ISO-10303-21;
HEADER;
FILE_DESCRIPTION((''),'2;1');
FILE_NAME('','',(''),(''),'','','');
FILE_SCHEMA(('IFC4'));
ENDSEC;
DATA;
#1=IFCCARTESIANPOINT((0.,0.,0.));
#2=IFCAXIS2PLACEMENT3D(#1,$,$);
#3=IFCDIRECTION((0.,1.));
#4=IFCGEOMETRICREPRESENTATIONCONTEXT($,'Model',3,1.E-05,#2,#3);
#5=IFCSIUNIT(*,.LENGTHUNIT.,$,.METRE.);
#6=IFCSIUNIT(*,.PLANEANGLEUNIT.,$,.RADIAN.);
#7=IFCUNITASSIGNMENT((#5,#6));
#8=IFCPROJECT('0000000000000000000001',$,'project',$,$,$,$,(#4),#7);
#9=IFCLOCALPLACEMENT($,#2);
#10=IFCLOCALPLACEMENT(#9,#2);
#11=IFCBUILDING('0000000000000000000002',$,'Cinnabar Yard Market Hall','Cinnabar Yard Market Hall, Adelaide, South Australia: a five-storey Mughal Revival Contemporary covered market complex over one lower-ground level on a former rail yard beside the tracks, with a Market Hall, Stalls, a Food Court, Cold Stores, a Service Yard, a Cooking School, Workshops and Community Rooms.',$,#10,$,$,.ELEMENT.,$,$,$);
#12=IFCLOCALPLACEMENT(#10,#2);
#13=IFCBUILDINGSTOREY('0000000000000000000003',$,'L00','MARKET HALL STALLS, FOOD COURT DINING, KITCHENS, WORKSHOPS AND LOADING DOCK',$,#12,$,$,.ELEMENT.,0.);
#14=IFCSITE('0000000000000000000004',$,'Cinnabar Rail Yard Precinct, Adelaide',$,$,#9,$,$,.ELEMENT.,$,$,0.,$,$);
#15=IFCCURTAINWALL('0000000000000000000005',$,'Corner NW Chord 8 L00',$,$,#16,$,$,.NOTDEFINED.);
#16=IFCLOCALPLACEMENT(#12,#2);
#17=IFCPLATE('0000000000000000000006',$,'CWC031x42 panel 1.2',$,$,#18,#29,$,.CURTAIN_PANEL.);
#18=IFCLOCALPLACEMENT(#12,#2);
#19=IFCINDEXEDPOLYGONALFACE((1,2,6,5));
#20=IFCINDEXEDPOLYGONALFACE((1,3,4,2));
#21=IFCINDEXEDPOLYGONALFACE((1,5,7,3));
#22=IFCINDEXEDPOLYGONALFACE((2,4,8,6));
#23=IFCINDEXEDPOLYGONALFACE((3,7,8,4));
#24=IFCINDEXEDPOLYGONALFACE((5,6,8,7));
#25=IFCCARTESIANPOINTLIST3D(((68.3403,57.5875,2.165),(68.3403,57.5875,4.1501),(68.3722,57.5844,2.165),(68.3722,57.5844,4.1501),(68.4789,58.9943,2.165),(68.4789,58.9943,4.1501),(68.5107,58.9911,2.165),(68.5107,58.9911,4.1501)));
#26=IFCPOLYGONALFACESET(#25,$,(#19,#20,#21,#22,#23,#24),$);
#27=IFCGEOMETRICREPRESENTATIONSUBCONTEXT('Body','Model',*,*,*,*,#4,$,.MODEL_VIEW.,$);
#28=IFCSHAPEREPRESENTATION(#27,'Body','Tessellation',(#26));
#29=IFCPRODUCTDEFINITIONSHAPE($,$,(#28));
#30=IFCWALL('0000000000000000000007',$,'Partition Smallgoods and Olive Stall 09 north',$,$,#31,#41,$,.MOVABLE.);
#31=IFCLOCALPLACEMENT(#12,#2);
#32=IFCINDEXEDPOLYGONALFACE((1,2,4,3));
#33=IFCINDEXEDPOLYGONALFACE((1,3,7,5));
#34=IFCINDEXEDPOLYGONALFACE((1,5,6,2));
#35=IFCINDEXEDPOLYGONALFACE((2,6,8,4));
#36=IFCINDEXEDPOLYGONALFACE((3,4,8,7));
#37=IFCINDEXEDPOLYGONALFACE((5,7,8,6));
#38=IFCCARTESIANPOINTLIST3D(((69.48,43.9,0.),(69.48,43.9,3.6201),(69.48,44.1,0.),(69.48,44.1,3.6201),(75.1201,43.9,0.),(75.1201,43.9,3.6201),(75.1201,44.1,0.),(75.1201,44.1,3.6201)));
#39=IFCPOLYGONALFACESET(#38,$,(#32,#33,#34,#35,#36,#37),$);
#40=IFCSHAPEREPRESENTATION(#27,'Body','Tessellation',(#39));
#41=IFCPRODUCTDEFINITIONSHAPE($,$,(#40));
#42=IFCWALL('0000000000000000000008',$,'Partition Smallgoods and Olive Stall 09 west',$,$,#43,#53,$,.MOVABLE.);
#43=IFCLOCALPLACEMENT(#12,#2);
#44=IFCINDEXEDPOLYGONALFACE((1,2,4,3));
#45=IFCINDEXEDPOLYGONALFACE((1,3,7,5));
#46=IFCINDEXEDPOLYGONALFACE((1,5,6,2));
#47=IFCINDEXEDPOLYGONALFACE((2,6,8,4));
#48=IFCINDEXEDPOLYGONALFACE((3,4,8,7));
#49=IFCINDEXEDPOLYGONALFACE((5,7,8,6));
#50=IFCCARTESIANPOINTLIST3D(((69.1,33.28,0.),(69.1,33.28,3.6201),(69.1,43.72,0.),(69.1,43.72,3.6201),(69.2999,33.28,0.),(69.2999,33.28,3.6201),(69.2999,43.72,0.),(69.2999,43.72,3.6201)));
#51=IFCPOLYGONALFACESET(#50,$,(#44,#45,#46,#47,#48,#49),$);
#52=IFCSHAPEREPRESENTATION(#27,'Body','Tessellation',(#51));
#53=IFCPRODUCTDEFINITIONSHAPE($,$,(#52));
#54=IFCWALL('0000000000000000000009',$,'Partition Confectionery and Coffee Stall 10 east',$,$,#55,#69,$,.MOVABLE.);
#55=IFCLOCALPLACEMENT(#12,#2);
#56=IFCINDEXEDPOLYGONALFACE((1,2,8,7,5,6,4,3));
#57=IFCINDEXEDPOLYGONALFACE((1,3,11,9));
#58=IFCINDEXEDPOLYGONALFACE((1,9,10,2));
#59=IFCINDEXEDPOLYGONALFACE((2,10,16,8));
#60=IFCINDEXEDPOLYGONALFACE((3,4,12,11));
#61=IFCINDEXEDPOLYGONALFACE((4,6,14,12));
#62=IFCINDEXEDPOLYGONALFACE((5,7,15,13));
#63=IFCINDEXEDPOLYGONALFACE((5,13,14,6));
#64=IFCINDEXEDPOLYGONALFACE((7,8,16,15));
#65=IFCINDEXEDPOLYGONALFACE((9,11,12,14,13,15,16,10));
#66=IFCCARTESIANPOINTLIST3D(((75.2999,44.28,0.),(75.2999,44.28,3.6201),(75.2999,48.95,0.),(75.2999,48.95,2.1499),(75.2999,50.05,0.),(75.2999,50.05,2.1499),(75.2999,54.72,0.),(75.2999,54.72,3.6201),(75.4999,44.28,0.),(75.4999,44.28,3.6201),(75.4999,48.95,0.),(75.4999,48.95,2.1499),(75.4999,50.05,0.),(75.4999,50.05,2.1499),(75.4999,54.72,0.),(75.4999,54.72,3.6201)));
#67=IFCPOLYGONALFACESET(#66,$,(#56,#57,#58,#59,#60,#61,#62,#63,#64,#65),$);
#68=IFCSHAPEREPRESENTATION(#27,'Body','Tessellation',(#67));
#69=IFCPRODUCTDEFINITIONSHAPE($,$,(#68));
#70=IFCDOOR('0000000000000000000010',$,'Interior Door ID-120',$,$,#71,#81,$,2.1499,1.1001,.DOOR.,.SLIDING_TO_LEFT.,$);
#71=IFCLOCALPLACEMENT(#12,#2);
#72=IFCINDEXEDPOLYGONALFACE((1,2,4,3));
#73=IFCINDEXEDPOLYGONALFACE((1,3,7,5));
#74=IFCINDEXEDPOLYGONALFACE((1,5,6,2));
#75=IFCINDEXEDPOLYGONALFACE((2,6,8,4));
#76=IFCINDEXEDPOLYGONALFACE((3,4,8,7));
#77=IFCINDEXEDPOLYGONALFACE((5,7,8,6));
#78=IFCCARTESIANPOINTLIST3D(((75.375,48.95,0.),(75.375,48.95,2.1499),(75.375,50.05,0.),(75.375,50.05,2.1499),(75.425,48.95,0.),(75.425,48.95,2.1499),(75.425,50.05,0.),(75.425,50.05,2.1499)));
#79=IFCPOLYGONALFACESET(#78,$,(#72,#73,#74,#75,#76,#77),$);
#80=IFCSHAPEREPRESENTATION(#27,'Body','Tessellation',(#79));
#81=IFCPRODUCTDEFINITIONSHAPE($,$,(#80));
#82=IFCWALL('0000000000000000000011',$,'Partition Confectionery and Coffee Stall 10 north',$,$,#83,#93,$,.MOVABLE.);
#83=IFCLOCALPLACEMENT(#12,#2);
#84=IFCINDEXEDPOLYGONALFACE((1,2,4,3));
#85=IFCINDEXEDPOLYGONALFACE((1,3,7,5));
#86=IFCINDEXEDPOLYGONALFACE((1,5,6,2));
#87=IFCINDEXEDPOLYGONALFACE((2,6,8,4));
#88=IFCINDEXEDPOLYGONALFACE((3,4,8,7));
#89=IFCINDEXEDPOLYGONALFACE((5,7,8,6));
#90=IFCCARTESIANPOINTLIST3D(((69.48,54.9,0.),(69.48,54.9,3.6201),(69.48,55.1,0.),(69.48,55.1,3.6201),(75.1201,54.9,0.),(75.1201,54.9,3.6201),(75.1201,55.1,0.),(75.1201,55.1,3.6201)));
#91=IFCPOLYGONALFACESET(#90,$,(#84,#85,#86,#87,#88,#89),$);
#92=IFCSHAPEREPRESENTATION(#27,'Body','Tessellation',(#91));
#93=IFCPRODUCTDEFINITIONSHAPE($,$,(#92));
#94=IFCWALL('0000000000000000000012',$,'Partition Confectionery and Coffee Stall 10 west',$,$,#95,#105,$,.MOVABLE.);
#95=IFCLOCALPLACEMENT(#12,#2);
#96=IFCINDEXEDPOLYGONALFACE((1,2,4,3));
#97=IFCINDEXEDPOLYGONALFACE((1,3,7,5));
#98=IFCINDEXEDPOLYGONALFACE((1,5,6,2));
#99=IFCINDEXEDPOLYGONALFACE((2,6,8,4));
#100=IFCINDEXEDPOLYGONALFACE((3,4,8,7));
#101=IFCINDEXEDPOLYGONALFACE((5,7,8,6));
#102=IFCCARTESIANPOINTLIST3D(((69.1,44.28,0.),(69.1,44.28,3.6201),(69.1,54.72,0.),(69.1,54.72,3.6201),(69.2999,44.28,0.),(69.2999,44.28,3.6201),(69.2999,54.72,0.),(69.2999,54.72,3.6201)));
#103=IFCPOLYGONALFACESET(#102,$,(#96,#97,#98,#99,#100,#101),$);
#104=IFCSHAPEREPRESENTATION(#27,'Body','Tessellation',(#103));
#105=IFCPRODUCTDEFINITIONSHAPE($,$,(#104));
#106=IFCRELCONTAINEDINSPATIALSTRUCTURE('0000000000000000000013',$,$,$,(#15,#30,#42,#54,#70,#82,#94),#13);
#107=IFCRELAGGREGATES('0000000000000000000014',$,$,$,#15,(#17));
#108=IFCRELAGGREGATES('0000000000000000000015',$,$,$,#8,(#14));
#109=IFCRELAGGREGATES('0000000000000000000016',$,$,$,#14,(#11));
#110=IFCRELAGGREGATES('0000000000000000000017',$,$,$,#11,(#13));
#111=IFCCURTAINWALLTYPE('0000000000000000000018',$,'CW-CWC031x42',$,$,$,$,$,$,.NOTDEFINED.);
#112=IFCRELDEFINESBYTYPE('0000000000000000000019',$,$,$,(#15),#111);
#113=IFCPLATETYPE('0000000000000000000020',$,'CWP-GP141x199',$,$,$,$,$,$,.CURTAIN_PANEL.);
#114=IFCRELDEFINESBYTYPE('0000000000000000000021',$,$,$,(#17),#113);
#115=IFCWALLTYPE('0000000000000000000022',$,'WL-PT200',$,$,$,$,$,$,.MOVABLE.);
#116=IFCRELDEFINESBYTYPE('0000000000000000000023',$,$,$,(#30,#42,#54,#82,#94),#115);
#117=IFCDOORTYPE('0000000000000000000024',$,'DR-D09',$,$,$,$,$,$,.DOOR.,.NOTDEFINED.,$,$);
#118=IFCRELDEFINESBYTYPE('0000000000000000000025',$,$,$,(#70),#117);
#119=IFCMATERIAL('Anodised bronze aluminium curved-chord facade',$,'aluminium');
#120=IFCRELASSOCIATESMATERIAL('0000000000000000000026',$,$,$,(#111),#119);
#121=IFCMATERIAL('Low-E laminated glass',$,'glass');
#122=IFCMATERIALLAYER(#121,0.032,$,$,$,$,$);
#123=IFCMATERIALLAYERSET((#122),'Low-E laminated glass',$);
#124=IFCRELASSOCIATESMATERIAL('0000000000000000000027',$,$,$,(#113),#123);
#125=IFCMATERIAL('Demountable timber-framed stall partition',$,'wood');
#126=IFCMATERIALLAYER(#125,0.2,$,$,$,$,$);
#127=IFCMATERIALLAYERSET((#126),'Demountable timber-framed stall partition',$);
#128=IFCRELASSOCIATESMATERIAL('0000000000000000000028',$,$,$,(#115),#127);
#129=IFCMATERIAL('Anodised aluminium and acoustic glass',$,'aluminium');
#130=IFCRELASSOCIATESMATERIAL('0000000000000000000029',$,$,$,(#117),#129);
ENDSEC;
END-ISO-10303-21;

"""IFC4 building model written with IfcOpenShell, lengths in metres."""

from ifc_helpers import new_model, si_unit, direction, frame, frame_2d, origin, origin_2d_with_axis, place, context, subcontext, project, spatial, rectangle, extrude, material, layer, layer_set, type_object, element, fill, aggregate, save


model = new_model("IFC4")

# Units and contexts
model_context = context("Model", 3, precision=1e-05, world=origin(), true_north=direction((0.0, 1.0)))
body_context = subcontext(model_context, "Body", "Model", "MODEL_VIEW")
ifc_project = project(units=[si_unit("LENGTHUNIT", "METRE"), si_unit("PLANEANGLEUNIT", "RADIAN")], contexts=[model_context])

# Site, building, storey
site_placement = place(None, origin())
site = spatial("IfcSite", under=ifc_project, at=site_placement, Name="Cinnabar Rail Yard Precinct, Adelaide", CompositionType="ELEMENT", RefElevation=0.0)
building_placement = place(site_placement, origin())
building = spatial("IfcBuilding", under=site, at=building_placement, Name="Cinnabar Yard Market Hall", Description="Cinnabar Yard Market Hall, Adelaide, South Australia: a five-storey Mughal Revival Contemporary covered market complex over one lower-ground level on a former rail yard beside the tracks, with a Market Hall, Stalls, a Food Court, Cold Stores, a Service Yard, a Cooking School, Workshops and Community Rooms.", CompositionType="ELEMENT")
storey_placement = place(building_placement, origin())
storey = spatial("IfcBuildingStorey", under=building, at=storey_placement, Name="L00", Description="MARKET HALL STALLS, FOOD COURT DINING, KITCHENS, WORKSHOPS AND LOADING DOCK", CompositionType="ELEMENT", Elevation=0.0)

# Shared definitions
ifc_material_1 = material(Name="Anodised bronze aluminium curved-chord facade", Category="aluminium")
curtain_wall_type = type_object("IfcCurtainWallType", Name="CW-CWC031x42", PredefinedType="NOTDEFINED", material=ifc_material_1)

# Curtain wall
curtain_wall_1_placement = place(storey_placement, origin())
curtain_wall_1 = element("IfcCurtainWall", 1, at=curtain_wall_1_placement, inside=storey, type_object=curtain_wall_type, Name="Corner NW Chord 8 L00", PredefinedType="NOTDEFINED")

# Plate
ifc_material_2 = material(Name="Low-E laminated glass", Category="glass")
ifc_layer_1 = layer(ifc_material_2, 0.032)
ifc_layer_set_1 = layer_set([ifc_layer_1], Name="Low-E laminated glass")
plate_type = type_object("IfcPlateType", Name="CWP-GP141x199", PredefinedType="CURTAIN_PANEL", material=ifc_layer_set_1)
plate_1_placement = place(storey_placement, frame((68.4255, 58.2893, 2.165), z_axis=(0.0, 0.0, 1.0), x_axis=(-0.09802, -0.995184, 0.0)))
plate_1 = element("IfcPlate", 2, at=plate_1_placement, type_object=plate_type, Name="CWC031x42 panel 1.2", PredefinedType="CURTAIN_PANEL", context=body_context, shape_type="SweptSolid", body=[
    extrude(rectangle(XDim=1.4136, YDim=0.032, at=origin_2d_with_axis()), origin(), (0.0, 0.0, 1.0), 1.9851),
])
aggregate(curtain_wall_1, [plate_1])

# Walls
ifc_material_3 = material(Name="Demountable timber-framed stall partition", Category="wood")
ifc_layer_2 = layer(ifc_material_3, 0.2)
ifc_layer_set_2 = layer_set([ifc_layer_2], Name="Demountable timber-framed stall partition")
wall_type = type_object("IfcWallType", Name="WL-PT200", PredefinedType="MOVABLE", material=ifc_layer_set_2)
wall_1_placement = place(storey_placement, frame((75.1201, 44.0, 0.0), z_axis=(0.0, 0.0, 1.0), x_axis=(-1.0, 0.0, 0.0)))
element("IfcWall", 3, at=wall_1_placement, inside=storey, type_object=wall_type, Name="Partition Smallgoods and Olive Stall 09 north", PredefinedType="MOVABLE", context=body_context, shape_type="SweptSolid", body=[
    extrude(rectangle(XDim=5.6401, YDim=0.2, at=frame_2d((2.8201, 0.0), x_axis=(1.0, 0.0))), origin(), (0.0, 0.0, 1.0), 3.6201),
])
wall_2_placement = place(storey_placement, frame((69.2, 43.72, 0.0), z_axis=(0.0, 0.0, 1.0), x_axis=(0.0, -1.0, 0.0)))
element("IfcWall", 4, at=wall_2_placement, inside=storey, type_object=wall_type, Name="Partition Smallgoods and Olive Stall 09 west", PredefinedType="MOVABLE", context=body_context, shape_type="SweptSolid", body=[
    extrude(rectangle(XDim=10.4399, YDim=0.2, at=frame_2d((5.22, 0.0), x_axis=(1.0, 0.0))), origin(), (0.0, 0.0, 1.0), 3.6201),
])

# Wall, opening, door
wall_3_placement = place(storey_placement, frame((75.3999, 44.28, 0.0), z_axis=(0.0, 0.0, 1.0), x_axis=(0.0, 1.0, 0.0)))
wall_3 = element("IfcWall", 5, at=wall_3_placement, inside=storey, type_object=wall_type, Name="Partition Confectionery and Coffee Stall 10 east", PredefinedType="MOVABLE", context=body_context, shape_type="SweptSolid", body=[
    extrude(rectangle(XDim=10.4399, YDim=0.2, at=frame_2d((5.22, 0.0), x_axis=(1.0, 0.0))), origin(), (0.0, 0.0, 1.0), 3.6201),
])
opening_placement = place(wall_3_placement, frame((4.6699, 0.0, 0.0)))
opening = element("IfcOpeningElement", 6, at=opening_placement, cuts=wall_3, PredefinedType="OPENING", context=body_context, shape_type="SweptSolid", body=[
    extrude(rectangle(XDim=1.1001, YDim=2.1499, at=frame_2d((0.55, 1.075), x_axis=(1.0, 0.0))), frame((0.0, 0.1099, 0.0), z_axis=(0.0, -1.0, 0.0), x_axis=(1.0, 0.0, 0.0)), (0.0, 0.0, 1.0), 0.22),
])
ifc_material_4 = material(Name="Anodised aluminium and acoustic glass", Category="aluminium")
door_type = type_object("IfcDoorType", Name="DR-D09", OperationType="NOTDEFINED", PredefinedType="DOOR", material=ifc_material_4)
door_placement = place(opening_placement, origin())
door = element("IfcDoor", 7, at=door_placement, inside=storey, type_object=door_type, Name="Interior Door ID-120", OperationType="SLIDING_TO_LEFT", OverallHeight=2.1499, OverallWidth=1.1001, PredefinedType="DOOR", context=body_context, shape_type="SweptSolid", body=[
    extrude(rectangle(XDim=1.1001, YDim=2.1499, at=frame_2d((0.55, 1.075), x_axis=(1.0, 0.0))), frame((0.0, 0.0249, 0.0), z_axis=(0.0, -1.0, 0.0), x_axis=(1.0, 0.0, 0.0)), (0.0, 0.0, 1.0), 0.05),
])
fill(opening, door)

# Walls
wall_4_placement = place(storey_placement, frame((75.1201, 55.0, 0.0), z_axis=(0.0, 0.0, 1.0), x_axis=(-1.0, 0.0, 0.0)))
element("IfcWall", 8, at=wall_4_placement, inside=storey, type_object=wall_type, Name="Partition Confectionery and Coffee Stall 10 north", PredefinedType="MOVABLE", context=body_context, shape_type="SweptSolid", body=[
    extrude(rectangle(XDim=5.6401, YDim=0.2, at=frame_2d((2.8201, 0.0), x_axis=(1.0, 0.0))), origin(), (0.0, 0.0, 1.0), 3.6201),
])
wall_5_placement = place(storey_placement, frame((69.2, 54.72, 0.0), z_axis=(0.0, 0.0, 1.0), x_axis=(0.0, -1.0, 0.0)))
element("IfcWall", 9, at=wall_5_placement, inside=storey, type_object=wall_type, Name="Partition Confectionery and Coffee Stall 10 west", PredefinedType="MOVABLE", context=body_context, shape_type="SweptSolid", body=[
    extrude(rectangle(XDim=10.4399, YDim=0.2, at=frame_2d((5.22, 0.0), x_axis=(1.0, 0.0))), origin(), (0.0, 0.0, 1.0), 3.6201),
])

save(model, "model.ifc")
